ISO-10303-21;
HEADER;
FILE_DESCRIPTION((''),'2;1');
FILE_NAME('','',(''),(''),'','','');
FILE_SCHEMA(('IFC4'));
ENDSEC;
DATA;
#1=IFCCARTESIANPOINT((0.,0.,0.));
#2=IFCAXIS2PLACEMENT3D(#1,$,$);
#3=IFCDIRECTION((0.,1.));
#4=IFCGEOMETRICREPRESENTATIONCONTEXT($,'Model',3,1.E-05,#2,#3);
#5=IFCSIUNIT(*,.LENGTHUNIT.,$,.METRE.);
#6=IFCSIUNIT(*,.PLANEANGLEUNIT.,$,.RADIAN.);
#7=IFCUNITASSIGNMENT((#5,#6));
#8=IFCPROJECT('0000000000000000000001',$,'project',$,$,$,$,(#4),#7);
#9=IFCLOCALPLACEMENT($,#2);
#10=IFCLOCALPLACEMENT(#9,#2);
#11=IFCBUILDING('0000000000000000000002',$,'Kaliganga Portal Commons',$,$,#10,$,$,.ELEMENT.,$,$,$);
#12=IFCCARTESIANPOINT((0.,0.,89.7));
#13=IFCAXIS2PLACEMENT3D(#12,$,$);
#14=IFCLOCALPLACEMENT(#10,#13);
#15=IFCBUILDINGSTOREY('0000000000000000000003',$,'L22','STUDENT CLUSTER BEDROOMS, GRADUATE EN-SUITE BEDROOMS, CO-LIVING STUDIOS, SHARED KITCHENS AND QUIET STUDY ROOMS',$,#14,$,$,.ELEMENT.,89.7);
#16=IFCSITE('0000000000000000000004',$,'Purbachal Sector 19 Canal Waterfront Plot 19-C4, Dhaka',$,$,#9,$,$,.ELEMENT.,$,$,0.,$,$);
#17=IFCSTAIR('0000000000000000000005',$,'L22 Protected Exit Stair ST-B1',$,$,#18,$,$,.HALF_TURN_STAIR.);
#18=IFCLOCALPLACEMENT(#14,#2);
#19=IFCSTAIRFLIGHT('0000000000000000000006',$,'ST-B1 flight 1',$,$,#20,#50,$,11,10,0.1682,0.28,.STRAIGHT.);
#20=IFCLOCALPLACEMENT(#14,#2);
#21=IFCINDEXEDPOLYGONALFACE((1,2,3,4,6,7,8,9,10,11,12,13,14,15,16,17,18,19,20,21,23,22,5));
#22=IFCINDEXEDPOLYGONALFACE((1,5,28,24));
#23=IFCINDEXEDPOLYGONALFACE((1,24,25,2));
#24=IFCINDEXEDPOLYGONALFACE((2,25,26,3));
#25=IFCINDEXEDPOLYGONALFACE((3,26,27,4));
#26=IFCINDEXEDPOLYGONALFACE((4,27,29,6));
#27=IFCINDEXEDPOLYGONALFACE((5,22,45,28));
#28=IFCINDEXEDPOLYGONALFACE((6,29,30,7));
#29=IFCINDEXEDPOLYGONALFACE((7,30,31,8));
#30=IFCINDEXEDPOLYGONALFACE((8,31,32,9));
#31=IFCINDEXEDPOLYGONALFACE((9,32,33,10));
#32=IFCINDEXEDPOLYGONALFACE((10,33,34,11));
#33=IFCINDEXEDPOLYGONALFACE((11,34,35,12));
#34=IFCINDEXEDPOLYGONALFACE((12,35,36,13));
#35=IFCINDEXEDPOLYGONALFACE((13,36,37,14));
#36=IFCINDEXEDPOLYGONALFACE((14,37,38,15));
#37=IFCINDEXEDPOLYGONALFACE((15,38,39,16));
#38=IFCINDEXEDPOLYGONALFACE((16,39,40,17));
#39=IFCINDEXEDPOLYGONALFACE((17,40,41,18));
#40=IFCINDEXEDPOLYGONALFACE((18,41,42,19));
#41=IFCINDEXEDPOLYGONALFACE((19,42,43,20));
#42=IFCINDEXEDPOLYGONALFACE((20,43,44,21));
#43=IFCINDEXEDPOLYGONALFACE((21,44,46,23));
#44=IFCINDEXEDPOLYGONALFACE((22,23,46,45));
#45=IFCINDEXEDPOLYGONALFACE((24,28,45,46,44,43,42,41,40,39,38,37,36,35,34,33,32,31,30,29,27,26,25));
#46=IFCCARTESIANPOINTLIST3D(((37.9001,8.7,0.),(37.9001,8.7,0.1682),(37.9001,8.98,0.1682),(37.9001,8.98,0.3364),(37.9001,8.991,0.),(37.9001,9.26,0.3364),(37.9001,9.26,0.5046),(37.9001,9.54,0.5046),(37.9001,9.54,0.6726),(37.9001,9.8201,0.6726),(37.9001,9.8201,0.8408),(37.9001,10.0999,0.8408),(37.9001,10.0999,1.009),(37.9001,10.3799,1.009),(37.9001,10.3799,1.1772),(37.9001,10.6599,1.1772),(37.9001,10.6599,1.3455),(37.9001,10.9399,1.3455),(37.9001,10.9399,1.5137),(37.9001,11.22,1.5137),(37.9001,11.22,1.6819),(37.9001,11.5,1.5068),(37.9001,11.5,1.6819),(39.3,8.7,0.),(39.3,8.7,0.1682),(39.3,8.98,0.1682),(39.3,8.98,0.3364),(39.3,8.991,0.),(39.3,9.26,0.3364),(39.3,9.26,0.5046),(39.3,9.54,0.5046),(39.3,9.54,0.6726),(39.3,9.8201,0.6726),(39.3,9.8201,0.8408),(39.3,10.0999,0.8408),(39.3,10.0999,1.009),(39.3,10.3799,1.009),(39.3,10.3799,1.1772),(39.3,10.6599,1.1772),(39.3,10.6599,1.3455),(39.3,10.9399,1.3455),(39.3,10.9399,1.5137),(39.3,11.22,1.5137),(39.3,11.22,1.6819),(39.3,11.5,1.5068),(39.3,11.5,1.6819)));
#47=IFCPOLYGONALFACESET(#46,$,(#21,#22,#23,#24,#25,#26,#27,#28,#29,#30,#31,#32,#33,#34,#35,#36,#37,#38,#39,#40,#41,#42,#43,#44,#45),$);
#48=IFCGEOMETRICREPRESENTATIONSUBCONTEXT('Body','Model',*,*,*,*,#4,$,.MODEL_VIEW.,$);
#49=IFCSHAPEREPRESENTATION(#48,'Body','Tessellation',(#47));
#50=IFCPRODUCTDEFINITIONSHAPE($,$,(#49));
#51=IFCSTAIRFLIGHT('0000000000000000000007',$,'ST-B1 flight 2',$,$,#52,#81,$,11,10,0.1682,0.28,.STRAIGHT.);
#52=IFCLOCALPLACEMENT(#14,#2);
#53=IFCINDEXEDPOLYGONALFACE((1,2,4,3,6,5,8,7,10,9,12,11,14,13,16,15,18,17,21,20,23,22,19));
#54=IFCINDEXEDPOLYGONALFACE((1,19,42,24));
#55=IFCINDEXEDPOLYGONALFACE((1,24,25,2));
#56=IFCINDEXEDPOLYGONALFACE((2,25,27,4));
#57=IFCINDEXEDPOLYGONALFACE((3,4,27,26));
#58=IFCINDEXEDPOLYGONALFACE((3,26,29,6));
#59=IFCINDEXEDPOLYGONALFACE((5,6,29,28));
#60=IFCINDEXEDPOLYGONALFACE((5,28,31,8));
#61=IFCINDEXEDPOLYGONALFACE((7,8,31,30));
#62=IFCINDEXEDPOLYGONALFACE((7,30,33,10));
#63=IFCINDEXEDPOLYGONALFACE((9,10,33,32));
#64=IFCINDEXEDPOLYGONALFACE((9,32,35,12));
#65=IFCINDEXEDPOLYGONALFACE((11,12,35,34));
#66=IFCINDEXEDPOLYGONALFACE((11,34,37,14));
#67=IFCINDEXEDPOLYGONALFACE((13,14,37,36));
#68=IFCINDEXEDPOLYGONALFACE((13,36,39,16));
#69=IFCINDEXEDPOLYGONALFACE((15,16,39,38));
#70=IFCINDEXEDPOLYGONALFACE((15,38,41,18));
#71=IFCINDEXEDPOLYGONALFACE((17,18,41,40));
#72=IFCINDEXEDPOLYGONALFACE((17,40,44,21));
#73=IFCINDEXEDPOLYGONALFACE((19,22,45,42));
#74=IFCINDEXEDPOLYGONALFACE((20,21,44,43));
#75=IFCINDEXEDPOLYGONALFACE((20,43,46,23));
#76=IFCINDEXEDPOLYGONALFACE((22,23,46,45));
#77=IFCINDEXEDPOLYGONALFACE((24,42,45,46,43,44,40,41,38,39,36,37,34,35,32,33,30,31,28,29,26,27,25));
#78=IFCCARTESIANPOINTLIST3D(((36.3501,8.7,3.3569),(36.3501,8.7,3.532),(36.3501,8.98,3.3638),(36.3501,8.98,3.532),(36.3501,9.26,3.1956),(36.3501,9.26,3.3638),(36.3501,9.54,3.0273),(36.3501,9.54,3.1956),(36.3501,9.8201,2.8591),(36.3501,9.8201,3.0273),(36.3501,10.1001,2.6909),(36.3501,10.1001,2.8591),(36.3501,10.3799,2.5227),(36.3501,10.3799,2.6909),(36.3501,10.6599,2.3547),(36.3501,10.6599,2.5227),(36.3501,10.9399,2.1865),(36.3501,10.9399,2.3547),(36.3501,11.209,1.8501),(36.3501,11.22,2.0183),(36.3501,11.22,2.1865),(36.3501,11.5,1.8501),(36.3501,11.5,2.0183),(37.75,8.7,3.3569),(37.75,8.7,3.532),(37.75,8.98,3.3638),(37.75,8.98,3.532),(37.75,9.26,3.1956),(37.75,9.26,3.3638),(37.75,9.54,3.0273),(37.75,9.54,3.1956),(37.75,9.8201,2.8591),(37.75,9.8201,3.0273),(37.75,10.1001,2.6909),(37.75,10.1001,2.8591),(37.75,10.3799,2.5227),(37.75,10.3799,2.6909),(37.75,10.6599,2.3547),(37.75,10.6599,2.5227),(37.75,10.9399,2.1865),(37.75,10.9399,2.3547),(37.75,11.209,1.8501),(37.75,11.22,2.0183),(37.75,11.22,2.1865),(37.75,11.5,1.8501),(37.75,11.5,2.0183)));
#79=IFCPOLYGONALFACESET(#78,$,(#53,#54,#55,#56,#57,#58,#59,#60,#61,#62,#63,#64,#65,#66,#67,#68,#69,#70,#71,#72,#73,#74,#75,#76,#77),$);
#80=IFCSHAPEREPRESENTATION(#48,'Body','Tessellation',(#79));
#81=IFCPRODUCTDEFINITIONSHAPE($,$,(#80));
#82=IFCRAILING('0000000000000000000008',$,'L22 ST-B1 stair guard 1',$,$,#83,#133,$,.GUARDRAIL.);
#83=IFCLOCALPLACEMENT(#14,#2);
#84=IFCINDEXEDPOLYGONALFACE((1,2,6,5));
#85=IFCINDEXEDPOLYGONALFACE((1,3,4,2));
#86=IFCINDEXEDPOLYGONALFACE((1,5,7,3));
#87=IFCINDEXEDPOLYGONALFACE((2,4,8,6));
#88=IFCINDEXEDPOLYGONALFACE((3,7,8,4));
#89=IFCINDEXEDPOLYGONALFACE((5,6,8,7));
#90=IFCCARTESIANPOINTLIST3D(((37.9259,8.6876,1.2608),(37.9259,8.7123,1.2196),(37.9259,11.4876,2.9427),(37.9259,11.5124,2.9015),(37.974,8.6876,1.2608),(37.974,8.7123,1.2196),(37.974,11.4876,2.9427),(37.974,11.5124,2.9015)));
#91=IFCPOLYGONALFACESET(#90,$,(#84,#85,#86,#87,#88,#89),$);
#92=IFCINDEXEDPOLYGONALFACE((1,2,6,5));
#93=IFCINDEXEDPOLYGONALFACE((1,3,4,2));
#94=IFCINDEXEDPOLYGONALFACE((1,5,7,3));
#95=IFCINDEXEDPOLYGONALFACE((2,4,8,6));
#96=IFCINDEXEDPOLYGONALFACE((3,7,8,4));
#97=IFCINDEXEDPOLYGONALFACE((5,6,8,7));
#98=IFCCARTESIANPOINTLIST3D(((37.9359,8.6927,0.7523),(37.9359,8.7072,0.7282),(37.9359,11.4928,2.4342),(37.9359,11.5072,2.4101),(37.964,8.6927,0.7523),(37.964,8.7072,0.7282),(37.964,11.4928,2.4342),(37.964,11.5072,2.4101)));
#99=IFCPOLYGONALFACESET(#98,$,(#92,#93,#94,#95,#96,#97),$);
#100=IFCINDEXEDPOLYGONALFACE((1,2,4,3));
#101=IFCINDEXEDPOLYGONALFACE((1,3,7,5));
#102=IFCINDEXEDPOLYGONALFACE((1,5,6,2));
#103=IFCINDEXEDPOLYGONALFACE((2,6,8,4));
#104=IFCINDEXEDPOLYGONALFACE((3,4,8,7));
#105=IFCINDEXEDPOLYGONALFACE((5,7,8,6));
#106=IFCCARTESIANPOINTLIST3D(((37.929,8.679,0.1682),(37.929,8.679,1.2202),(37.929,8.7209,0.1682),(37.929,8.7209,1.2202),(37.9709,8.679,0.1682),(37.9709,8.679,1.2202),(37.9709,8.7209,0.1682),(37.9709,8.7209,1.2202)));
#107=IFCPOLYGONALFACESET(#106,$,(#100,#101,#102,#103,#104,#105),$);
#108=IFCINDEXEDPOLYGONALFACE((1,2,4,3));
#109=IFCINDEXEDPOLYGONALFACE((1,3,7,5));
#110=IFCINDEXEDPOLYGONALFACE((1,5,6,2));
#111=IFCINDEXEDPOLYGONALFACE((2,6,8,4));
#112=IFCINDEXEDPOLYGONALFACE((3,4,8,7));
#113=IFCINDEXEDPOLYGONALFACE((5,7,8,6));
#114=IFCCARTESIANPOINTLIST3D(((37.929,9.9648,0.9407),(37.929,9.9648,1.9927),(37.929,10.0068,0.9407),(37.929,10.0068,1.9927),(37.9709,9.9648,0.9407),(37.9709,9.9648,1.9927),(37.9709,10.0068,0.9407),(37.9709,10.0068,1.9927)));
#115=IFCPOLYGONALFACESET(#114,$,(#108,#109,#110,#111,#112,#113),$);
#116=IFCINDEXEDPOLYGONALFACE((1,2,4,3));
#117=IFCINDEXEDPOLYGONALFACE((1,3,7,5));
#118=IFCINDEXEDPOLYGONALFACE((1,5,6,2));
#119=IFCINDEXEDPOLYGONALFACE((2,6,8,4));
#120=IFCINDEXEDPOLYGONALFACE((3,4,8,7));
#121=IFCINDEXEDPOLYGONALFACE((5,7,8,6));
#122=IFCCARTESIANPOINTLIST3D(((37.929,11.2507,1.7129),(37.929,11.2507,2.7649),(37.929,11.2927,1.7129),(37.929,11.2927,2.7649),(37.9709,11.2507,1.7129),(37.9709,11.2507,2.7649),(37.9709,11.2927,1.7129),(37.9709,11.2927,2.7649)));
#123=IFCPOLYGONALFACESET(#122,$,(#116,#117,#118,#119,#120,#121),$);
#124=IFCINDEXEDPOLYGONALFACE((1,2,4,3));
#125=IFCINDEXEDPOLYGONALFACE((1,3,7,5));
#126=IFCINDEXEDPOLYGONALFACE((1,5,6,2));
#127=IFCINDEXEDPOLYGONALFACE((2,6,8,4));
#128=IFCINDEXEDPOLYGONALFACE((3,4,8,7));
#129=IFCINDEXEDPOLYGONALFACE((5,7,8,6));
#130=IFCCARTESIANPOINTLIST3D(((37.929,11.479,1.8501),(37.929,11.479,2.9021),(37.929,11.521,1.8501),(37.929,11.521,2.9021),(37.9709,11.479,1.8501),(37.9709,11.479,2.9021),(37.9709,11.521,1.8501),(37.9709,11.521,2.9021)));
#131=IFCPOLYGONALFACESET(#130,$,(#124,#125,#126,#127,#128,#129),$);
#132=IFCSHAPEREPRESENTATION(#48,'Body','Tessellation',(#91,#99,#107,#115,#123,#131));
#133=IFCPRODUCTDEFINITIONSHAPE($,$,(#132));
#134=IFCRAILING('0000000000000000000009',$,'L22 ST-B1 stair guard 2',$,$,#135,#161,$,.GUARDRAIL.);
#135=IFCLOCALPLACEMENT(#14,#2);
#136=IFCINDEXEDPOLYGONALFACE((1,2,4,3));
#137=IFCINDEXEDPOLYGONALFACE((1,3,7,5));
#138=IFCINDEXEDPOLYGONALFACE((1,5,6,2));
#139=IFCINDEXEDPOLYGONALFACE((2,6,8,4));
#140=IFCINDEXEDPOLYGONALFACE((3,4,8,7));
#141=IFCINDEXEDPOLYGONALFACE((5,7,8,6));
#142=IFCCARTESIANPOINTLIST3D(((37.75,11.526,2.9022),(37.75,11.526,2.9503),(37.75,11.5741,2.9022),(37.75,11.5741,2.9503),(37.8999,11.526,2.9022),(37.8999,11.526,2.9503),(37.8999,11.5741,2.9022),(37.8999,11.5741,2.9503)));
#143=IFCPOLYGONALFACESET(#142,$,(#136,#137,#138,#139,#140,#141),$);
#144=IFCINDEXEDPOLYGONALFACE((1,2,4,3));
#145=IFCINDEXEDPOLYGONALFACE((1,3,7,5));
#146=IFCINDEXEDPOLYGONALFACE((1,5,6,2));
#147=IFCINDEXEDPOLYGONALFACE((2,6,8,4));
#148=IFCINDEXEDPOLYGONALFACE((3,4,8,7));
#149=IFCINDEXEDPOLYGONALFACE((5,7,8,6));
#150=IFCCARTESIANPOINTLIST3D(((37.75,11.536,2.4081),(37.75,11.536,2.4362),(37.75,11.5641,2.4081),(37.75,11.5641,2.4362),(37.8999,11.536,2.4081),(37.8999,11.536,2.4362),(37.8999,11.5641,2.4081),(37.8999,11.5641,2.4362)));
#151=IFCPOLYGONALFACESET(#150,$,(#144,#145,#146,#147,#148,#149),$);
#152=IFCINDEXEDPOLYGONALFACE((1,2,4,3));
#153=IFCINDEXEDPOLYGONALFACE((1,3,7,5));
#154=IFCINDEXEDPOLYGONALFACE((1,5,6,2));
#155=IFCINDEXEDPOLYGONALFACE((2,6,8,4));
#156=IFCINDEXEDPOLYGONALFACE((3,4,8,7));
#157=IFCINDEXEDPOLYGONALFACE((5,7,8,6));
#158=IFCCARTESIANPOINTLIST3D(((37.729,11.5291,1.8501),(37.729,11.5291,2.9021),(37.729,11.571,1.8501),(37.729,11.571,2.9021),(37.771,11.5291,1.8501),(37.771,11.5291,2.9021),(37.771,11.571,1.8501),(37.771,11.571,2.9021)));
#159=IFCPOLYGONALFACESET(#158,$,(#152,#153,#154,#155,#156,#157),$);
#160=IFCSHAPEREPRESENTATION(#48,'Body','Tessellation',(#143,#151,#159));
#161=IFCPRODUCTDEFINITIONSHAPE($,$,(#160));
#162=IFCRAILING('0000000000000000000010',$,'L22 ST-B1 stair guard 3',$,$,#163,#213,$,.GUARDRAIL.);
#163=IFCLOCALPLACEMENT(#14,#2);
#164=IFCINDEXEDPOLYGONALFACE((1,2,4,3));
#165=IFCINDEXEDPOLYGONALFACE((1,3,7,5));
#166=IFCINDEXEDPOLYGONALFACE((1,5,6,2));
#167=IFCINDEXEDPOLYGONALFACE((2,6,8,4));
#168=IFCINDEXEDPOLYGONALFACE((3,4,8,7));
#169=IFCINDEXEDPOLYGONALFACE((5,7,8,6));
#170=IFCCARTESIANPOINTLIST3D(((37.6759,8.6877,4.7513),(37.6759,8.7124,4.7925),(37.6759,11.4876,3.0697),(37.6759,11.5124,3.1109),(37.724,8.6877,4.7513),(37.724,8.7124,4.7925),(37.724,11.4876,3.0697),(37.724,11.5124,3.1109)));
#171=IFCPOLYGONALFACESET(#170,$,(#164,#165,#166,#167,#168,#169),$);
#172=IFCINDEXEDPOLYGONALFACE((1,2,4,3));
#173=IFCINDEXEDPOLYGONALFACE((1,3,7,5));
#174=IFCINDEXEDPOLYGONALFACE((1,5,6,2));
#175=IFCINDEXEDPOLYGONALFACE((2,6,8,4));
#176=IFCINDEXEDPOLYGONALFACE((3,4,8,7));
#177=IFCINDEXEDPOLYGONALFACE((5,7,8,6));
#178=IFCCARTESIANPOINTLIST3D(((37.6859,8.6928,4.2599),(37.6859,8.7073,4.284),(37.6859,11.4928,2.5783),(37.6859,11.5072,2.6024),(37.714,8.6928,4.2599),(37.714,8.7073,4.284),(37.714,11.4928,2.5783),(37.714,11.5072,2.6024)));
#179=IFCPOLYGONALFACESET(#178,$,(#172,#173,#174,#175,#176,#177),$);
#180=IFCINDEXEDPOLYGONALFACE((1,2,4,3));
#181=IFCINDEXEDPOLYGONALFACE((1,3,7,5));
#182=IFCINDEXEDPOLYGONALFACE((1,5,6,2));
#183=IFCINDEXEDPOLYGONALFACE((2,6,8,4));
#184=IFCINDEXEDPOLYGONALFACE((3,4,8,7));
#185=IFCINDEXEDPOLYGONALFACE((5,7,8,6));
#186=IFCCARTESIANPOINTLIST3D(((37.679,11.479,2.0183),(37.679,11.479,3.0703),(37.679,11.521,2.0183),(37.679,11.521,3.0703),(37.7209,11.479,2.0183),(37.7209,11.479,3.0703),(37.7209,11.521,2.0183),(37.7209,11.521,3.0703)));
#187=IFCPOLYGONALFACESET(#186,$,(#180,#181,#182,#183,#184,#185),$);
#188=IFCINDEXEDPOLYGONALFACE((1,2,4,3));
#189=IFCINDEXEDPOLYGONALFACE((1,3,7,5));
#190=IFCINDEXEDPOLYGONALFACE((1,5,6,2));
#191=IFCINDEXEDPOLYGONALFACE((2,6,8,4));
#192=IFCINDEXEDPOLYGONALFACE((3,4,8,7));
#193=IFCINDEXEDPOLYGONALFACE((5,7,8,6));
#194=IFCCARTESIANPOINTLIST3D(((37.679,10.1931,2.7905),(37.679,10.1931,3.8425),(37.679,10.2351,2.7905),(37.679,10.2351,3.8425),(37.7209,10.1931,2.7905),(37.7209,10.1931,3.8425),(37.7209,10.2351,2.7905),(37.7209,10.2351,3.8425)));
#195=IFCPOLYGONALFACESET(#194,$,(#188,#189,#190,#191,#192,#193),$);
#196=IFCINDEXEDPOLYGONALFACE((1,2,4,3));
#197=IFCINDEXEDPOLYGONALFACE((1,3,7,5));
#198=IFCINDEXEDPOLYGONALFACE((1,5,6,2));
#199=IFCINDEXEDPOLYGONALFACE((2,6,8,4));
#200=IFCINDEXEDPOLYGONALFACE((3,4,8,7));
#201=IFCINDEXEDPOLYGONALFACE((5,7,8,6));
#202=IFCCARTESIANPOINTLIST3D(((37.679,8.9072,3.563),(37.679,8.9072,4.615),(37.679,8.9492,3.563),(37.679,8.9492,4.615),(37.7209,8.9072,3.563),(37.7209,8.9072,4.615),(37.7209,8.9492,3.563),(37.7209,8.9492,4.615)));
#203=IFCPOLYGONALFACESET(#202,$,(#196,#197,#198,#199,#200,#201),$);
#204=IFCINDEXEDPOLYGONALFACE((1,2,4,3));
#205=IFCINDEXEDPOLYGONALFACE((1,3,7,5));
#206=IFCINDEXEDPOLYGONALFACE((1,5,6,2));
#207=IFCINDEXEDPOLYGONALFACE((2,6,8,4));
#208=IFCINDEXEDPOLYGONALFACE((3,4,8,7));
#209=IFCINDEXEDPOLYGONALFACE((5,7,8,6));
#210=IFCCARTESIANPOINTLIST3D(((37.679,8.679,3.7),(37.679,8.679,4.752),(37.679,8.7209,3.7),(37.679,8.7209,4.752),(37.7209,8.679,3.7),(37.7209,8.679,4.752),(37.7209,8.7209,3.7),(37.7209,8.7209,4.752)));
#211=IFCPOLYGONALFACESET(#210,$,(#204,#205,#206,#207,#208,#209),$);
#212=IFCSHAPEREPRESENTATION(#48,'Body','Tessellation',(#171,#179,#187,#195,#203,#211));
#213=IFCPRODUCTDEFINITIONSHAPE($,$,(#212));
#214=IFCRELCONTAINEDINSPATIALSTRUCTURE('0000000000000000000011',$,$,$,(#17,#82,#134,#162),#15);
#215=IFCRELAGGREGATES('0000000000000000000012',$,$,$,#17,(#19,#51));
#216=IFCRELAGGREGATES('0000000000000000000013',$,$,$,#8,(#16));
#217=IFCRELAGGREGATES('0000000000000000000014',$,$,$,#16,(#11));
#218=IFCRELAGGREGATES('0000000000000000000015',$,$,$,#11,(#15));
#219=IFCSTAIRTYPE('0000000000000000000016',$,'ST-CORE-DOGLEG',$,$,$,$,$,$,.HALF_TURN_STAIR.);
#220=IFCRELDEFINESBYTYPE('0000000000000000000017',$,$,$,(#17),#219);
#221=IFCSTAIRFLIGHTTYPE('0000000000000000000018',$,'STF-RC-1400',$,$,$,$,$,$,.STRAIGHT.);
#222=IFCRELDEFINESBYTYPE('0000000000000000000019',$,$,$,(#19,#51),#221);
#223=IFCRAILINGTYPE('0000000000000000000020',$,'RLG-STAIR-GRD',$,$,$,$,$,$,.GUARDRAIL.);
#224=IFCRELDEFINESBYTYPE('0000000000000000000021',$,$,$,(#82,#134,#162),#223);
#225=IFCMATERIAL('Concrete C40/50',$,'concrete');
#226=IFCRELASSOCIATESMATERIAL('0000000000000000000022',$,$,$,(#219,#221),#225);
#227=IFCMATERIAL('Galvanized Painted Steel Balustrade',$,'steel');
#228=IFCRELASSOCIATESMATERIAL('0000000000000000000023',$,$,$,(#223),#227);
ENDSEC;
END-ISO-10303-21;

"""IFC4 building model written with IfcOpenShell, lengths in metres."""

from ifc_helpers import new_model, si_unit, direction, frame, origin, origin_2d, place, context, subcontext, project, spatial, polyline, rectangle, outline, extrude, material, type_object, element, aggregate, save


model = new_model("IFC4")

# Units and contexts
model_context = context("Model", 3, precision=1e-05, world=origin(), true_north=direction((0.0, 1.0)))
body_context = subcontext(model_context, "Body", "Model", "MODEL_VIEW")
ifc_project = project(units=[si_unit("LENGTHUNIT", "METRE"), si_unit("PLANEANGLEUNIT", "RADIAN")], contexts=[model_context])

# Site, building, storey
site_placement = place(None, origin())
site = spatial("IfcSite", under=ifc_project, at=site_placement, Name="Purbachal Sector 19 Canal Waterfront Plot 19-C4, Dhaka", CompositionType="ELEMENT", RefElevation=0.0)
building_placement = place(site_placement, origin())
building = spatial("IfcBuilding", under=site, at=building_placement, Name="Kaliganga Portal Commons", CompositionType="ELEMENT")
storey_placement = place(building_placement, frame((0.0, 0.0, 89.7)))
storey = spatial("IfcBuildingStorey", under=building, at=storey_placement, Name="L22", Description="STUDENT CLUSTER BEDROOMS, GRADUATE EN-SUITE BEDROOMS, CO-LIVING STUDIOS, SHARED KITCHENS AND QUIET STUDY ROOMS", CompositionType="ELEMENT", Elevation=89.7)

# Stair, stair flights
ifc_material_1 = material(Name="Concrete C40/50", Category="concrete")
stair_type = type_object("IfcStairType", Name="ST-CORE-DOGLEG", PredefinedType="HALF_TURN_STAIR", material=ifc_material_1)
stair_placement = place(storey_placement, origin())
stair = element("IfcStair", 1, at=stair_placement, inside=storey, type_object=stair_type, Name="L22 Protected Exit Stair ST-B1", PredefinedType="HALF_TURN_STAIR")
stair_flight_type = type_object("IfcStairFlightType", Name="STF-RC-1400", PredefinedType="STRAIGHT", material=ifc_material_1)
stair_flight_1_placement = place(storey_placement, frame((38.6001, 8.7, 0.0), z_axis=(0.0, 0.0, 1.0), x_axis=(0.0, 1.0, 0.0)))
stair_flight_1 = element("IfcStairFlight", 2, at=stair_flight_1_placement, type_object=stair_flight_type, Name="ST-B1 flight 1", NumberOfRisers=11, NumberOfTreads=10, PredefinedType="STRAIGHT", RiserHeight=0.1682, TreadLength=0.28, context=body_context, shape_type="SweptSolid", body=[
    extrude(outline(polyline([(0.0, 0.0), (0.0, 0.1682), (0.28, 0.1682), (0.28, 0.3364), (0.5601, 0.3364), (0.5601, 0.5046), (0.8401, 0.5046), (0.8401, 0.6726), (1.1201, 0.6726), (1.1201, 0.8408), (1.3999, 0.8408), (1.3999, 1.009), (1.6799, 1.009), (1.6799, 1.1772), (1.96, 1.1772), (1.96, 1.3455), (2.24, 1.3455), (2.24, 1.5137), (2.52, 1.5137), (2.52, 1.6819), (2.8, 1.6819), (2.8, 1.8501), (2.8, 1.5068), (0.291, 0.0), (0.0, 0.0)])), frame((0.0, 0.7, 0.0), z_axis=(0.0, -1.0, 0.0), x_axis=(1.0, 0.0, 0.0)), (0.0, 0.0, 1.0), 1.3999),
])
stair_flight_2_placement = place(storey_placement, frame((37.05, 11.5, 1.8501), z_axis=(0.0, 0.0, 1.0), x_axis=(0.0, -1.0, 0.0)))
stair_flight_2 = element("IfcStairFlight", 3, at=stair_flight_2_placement, type_object=stair_flight_type, Name="ST-B1 flight 2", NumberOfRisers=11, NumberOfTreads=10, PredefinedType="STRAIGHT", RiserHeight=0.1682, TreadLength=0.28, context=body_context, shape_type="SweptSolid", body=[
    extrude(outline(polyline([(0.0, 0.0), (0.0, 0.1682), (0.28, 0.1682), (0.28, 0.3364), (0.5601, 0.3364), (0.5601, 0.5046), (0.8401, 0.5046), (0.8401, 0.6726), (1.1201, 0.6726), (1.1201, 0.8408), (1.3999, 0.8408), (1.3999, 1.009), (1.6799, 1.009), (1.6799, 1.1772), (1.96, 1.1772), (1.96, 1.3455), (2.24, 1.3455), (2.24, 1.5137), (2.52, 1.5137), (2.52, 1.6819), (2.8, 1.6819), (2.8, 1.8501), (2.8, 1.5068), (0.291, 0.0), (0.0, 0.0)])), frame((0.0, 0.7, 0.0), z_axis=(0.0, -1.0, 0.0), x_axis=(1.0, 0.0, 0.0)), (0.0, 0.0, 1.0), 1.3999),
])
aggregate(stair, [stair_flight_1, stair_flight_2])

# Railings
ifc_material_2 = material(Name="Galvanized Painted Steel Balustrade", Category="steel")
railing_type_1 = type_object("IfcRailingType", Name="RLG-STAIR-GRD", PredefinedType="GUARDRAIL", material=ifc_material_2)
railing_1_placement = place(storey_placement, frame((37.95, 8.7, 0.1682)))
element("IfcRailing", 4, at=railing_1_placement, inside=storey, type_object=railing_type_1, Name="L22 ST-B1 stair guard 1", PredefinedType="GUARDRAIL", context=body_context, shape_type="SweptSolid", body=[
    extrude(rectangle(XDim=0.0481, YDim=0.0481, at=origin_2d()), frame((0.0, 0.0, 1.072), z_axis=(0.0, 0.857242, 0.514913), x_axis=(-1.0, 0.0, 0.0)), (0.0, 0.0, 1.0), 3.2664),
    extrude(rectangle(XDim=0.0281, YDim=0.0281, at=origin_2d()), frame((0.0, 0.0, 0.572), z_axis=(0.0, 0.857242, 0.514913), x_axis=(-1.0, 0.0, 0.0)), (0.0, 0.0, 1.0), 3.2664),
    extrude(rectangle(XDim=0.042, YDim=0.042, at=origin_2d()), origin(), (0.0, 0.0, 1.0), 1.052),
    extrude(rectangle(XDim=0.042, YDim=0.042, at=origin_2d()), frame((0.0, 1.2859, 0.7725)), (0.0, 0.0, 1.0), 1.052),
    extrude(rectangle(XDim=0.042, YDim=0.042, at=origin_2d()), frame((0.0, 2.5718, 1.5447)), (0.0, 0.0, 1.0), 1.052),
    extrude(rectangle(XDim=0.042, YDim=0.042, at=origin_2d()), frame((0.0, 2.8, 1.6819)), (0.0, 0.0, 1.0), 1.052),
])
railing_2_placement = place(storey_placement, frame((37.8999, 11.55, 1.8501)))
element("IfcRailing", 5, at=railing_2_placement, inside=storey, type_object=railing_type_1, Name="L22 ST-B1 stair guard 2", PredefinedType="GUARDRAIL", context=body_context, shape_type="SweptSolid", body=[
    extrude(rectangle(XDim=0.0481, YDim=0.0481, at=origin_2d()), frame((0.0, 0.0, 1.0762), z_axis=(-1.0, 0.0, 0.0), x_axis=(0.0, -1.0, 0.0)), (0.0, 0.0, 1.0), 0.1499),
    extrude(rectangle(XDim=0.0281, YDim=0.0281, at=origin_2d()), frame((0.0, 0.0, 0.572), z_axis=(-1.0, 0.0, 0.0), x_axis=(0.0, -1.0, 0.0)), (0.0, 0.0, 1.0), 0.1499),
    extrude(rectangle(XDim=0.042, YDim=0.042, at=origin_2d()), frame((-0.1499, 0.0, 0.0)), (0.0, 0.0, 1.0), 1.052),
])
railing_3_placement = place(storey_placement, frame((37.7, 11.5, 2.0183)))
element("IfcRailing", 6, at=railing_3_placement, inside=storey, type_object=railing_type_1, Name="L22 ST-B1 stair guard 3", PredefinedType="GUARDRAIL", context=body_context, shape_type="SweptSolid", body=[
    extrude(rectangle(XDim=0.0481, YDim=0.0481, at=origin_2d()), frame((0.0, 0.0, 1.072), z_axis=(0.0, -0.857275, 0.514858), x_axis=(1.0, 0.0, 0.0)), (0.0, 0.0, 1.0), 3.2661),
    extrude(rectangle(XDim=0.0281, YDim=0.0281, at=origin_2d()), frame((0.0, 0.0, 0.572), z_axis=(0.0, -0.857275, 0.514858), x_axis=(1.0, 0.0, 0.0)), (0.0, 0.0, 1.0), 3.2661),
    extrude(rectangle(XDim=0.042, YDim=0.042, at=origin_2d()), origin(), (0.0, 0.0, 1.0), 1.052),
    extrude(rectangle(XDim=0.042, YDim=0.042, at=origin_2d()), frame((0.0, -1.2859, 0.7722)), (0.0, 0.0, 1.0), 1.052),
    extrude(rectangle(XDim=0.042, YDim=0.042, at=origin_2d()), frame((0.0, -2.5718, 1.5447)), (0.0, 0.0, 1.0), 1.052),
    extrude(rectangle(XDim=0.042, YDim=0.042, at=origin_2d()), frame((0.0, -2.8, 1.6816)), (0.0, 0.0, 1.0), 1.052),
])

save(model, "model.ifc")
